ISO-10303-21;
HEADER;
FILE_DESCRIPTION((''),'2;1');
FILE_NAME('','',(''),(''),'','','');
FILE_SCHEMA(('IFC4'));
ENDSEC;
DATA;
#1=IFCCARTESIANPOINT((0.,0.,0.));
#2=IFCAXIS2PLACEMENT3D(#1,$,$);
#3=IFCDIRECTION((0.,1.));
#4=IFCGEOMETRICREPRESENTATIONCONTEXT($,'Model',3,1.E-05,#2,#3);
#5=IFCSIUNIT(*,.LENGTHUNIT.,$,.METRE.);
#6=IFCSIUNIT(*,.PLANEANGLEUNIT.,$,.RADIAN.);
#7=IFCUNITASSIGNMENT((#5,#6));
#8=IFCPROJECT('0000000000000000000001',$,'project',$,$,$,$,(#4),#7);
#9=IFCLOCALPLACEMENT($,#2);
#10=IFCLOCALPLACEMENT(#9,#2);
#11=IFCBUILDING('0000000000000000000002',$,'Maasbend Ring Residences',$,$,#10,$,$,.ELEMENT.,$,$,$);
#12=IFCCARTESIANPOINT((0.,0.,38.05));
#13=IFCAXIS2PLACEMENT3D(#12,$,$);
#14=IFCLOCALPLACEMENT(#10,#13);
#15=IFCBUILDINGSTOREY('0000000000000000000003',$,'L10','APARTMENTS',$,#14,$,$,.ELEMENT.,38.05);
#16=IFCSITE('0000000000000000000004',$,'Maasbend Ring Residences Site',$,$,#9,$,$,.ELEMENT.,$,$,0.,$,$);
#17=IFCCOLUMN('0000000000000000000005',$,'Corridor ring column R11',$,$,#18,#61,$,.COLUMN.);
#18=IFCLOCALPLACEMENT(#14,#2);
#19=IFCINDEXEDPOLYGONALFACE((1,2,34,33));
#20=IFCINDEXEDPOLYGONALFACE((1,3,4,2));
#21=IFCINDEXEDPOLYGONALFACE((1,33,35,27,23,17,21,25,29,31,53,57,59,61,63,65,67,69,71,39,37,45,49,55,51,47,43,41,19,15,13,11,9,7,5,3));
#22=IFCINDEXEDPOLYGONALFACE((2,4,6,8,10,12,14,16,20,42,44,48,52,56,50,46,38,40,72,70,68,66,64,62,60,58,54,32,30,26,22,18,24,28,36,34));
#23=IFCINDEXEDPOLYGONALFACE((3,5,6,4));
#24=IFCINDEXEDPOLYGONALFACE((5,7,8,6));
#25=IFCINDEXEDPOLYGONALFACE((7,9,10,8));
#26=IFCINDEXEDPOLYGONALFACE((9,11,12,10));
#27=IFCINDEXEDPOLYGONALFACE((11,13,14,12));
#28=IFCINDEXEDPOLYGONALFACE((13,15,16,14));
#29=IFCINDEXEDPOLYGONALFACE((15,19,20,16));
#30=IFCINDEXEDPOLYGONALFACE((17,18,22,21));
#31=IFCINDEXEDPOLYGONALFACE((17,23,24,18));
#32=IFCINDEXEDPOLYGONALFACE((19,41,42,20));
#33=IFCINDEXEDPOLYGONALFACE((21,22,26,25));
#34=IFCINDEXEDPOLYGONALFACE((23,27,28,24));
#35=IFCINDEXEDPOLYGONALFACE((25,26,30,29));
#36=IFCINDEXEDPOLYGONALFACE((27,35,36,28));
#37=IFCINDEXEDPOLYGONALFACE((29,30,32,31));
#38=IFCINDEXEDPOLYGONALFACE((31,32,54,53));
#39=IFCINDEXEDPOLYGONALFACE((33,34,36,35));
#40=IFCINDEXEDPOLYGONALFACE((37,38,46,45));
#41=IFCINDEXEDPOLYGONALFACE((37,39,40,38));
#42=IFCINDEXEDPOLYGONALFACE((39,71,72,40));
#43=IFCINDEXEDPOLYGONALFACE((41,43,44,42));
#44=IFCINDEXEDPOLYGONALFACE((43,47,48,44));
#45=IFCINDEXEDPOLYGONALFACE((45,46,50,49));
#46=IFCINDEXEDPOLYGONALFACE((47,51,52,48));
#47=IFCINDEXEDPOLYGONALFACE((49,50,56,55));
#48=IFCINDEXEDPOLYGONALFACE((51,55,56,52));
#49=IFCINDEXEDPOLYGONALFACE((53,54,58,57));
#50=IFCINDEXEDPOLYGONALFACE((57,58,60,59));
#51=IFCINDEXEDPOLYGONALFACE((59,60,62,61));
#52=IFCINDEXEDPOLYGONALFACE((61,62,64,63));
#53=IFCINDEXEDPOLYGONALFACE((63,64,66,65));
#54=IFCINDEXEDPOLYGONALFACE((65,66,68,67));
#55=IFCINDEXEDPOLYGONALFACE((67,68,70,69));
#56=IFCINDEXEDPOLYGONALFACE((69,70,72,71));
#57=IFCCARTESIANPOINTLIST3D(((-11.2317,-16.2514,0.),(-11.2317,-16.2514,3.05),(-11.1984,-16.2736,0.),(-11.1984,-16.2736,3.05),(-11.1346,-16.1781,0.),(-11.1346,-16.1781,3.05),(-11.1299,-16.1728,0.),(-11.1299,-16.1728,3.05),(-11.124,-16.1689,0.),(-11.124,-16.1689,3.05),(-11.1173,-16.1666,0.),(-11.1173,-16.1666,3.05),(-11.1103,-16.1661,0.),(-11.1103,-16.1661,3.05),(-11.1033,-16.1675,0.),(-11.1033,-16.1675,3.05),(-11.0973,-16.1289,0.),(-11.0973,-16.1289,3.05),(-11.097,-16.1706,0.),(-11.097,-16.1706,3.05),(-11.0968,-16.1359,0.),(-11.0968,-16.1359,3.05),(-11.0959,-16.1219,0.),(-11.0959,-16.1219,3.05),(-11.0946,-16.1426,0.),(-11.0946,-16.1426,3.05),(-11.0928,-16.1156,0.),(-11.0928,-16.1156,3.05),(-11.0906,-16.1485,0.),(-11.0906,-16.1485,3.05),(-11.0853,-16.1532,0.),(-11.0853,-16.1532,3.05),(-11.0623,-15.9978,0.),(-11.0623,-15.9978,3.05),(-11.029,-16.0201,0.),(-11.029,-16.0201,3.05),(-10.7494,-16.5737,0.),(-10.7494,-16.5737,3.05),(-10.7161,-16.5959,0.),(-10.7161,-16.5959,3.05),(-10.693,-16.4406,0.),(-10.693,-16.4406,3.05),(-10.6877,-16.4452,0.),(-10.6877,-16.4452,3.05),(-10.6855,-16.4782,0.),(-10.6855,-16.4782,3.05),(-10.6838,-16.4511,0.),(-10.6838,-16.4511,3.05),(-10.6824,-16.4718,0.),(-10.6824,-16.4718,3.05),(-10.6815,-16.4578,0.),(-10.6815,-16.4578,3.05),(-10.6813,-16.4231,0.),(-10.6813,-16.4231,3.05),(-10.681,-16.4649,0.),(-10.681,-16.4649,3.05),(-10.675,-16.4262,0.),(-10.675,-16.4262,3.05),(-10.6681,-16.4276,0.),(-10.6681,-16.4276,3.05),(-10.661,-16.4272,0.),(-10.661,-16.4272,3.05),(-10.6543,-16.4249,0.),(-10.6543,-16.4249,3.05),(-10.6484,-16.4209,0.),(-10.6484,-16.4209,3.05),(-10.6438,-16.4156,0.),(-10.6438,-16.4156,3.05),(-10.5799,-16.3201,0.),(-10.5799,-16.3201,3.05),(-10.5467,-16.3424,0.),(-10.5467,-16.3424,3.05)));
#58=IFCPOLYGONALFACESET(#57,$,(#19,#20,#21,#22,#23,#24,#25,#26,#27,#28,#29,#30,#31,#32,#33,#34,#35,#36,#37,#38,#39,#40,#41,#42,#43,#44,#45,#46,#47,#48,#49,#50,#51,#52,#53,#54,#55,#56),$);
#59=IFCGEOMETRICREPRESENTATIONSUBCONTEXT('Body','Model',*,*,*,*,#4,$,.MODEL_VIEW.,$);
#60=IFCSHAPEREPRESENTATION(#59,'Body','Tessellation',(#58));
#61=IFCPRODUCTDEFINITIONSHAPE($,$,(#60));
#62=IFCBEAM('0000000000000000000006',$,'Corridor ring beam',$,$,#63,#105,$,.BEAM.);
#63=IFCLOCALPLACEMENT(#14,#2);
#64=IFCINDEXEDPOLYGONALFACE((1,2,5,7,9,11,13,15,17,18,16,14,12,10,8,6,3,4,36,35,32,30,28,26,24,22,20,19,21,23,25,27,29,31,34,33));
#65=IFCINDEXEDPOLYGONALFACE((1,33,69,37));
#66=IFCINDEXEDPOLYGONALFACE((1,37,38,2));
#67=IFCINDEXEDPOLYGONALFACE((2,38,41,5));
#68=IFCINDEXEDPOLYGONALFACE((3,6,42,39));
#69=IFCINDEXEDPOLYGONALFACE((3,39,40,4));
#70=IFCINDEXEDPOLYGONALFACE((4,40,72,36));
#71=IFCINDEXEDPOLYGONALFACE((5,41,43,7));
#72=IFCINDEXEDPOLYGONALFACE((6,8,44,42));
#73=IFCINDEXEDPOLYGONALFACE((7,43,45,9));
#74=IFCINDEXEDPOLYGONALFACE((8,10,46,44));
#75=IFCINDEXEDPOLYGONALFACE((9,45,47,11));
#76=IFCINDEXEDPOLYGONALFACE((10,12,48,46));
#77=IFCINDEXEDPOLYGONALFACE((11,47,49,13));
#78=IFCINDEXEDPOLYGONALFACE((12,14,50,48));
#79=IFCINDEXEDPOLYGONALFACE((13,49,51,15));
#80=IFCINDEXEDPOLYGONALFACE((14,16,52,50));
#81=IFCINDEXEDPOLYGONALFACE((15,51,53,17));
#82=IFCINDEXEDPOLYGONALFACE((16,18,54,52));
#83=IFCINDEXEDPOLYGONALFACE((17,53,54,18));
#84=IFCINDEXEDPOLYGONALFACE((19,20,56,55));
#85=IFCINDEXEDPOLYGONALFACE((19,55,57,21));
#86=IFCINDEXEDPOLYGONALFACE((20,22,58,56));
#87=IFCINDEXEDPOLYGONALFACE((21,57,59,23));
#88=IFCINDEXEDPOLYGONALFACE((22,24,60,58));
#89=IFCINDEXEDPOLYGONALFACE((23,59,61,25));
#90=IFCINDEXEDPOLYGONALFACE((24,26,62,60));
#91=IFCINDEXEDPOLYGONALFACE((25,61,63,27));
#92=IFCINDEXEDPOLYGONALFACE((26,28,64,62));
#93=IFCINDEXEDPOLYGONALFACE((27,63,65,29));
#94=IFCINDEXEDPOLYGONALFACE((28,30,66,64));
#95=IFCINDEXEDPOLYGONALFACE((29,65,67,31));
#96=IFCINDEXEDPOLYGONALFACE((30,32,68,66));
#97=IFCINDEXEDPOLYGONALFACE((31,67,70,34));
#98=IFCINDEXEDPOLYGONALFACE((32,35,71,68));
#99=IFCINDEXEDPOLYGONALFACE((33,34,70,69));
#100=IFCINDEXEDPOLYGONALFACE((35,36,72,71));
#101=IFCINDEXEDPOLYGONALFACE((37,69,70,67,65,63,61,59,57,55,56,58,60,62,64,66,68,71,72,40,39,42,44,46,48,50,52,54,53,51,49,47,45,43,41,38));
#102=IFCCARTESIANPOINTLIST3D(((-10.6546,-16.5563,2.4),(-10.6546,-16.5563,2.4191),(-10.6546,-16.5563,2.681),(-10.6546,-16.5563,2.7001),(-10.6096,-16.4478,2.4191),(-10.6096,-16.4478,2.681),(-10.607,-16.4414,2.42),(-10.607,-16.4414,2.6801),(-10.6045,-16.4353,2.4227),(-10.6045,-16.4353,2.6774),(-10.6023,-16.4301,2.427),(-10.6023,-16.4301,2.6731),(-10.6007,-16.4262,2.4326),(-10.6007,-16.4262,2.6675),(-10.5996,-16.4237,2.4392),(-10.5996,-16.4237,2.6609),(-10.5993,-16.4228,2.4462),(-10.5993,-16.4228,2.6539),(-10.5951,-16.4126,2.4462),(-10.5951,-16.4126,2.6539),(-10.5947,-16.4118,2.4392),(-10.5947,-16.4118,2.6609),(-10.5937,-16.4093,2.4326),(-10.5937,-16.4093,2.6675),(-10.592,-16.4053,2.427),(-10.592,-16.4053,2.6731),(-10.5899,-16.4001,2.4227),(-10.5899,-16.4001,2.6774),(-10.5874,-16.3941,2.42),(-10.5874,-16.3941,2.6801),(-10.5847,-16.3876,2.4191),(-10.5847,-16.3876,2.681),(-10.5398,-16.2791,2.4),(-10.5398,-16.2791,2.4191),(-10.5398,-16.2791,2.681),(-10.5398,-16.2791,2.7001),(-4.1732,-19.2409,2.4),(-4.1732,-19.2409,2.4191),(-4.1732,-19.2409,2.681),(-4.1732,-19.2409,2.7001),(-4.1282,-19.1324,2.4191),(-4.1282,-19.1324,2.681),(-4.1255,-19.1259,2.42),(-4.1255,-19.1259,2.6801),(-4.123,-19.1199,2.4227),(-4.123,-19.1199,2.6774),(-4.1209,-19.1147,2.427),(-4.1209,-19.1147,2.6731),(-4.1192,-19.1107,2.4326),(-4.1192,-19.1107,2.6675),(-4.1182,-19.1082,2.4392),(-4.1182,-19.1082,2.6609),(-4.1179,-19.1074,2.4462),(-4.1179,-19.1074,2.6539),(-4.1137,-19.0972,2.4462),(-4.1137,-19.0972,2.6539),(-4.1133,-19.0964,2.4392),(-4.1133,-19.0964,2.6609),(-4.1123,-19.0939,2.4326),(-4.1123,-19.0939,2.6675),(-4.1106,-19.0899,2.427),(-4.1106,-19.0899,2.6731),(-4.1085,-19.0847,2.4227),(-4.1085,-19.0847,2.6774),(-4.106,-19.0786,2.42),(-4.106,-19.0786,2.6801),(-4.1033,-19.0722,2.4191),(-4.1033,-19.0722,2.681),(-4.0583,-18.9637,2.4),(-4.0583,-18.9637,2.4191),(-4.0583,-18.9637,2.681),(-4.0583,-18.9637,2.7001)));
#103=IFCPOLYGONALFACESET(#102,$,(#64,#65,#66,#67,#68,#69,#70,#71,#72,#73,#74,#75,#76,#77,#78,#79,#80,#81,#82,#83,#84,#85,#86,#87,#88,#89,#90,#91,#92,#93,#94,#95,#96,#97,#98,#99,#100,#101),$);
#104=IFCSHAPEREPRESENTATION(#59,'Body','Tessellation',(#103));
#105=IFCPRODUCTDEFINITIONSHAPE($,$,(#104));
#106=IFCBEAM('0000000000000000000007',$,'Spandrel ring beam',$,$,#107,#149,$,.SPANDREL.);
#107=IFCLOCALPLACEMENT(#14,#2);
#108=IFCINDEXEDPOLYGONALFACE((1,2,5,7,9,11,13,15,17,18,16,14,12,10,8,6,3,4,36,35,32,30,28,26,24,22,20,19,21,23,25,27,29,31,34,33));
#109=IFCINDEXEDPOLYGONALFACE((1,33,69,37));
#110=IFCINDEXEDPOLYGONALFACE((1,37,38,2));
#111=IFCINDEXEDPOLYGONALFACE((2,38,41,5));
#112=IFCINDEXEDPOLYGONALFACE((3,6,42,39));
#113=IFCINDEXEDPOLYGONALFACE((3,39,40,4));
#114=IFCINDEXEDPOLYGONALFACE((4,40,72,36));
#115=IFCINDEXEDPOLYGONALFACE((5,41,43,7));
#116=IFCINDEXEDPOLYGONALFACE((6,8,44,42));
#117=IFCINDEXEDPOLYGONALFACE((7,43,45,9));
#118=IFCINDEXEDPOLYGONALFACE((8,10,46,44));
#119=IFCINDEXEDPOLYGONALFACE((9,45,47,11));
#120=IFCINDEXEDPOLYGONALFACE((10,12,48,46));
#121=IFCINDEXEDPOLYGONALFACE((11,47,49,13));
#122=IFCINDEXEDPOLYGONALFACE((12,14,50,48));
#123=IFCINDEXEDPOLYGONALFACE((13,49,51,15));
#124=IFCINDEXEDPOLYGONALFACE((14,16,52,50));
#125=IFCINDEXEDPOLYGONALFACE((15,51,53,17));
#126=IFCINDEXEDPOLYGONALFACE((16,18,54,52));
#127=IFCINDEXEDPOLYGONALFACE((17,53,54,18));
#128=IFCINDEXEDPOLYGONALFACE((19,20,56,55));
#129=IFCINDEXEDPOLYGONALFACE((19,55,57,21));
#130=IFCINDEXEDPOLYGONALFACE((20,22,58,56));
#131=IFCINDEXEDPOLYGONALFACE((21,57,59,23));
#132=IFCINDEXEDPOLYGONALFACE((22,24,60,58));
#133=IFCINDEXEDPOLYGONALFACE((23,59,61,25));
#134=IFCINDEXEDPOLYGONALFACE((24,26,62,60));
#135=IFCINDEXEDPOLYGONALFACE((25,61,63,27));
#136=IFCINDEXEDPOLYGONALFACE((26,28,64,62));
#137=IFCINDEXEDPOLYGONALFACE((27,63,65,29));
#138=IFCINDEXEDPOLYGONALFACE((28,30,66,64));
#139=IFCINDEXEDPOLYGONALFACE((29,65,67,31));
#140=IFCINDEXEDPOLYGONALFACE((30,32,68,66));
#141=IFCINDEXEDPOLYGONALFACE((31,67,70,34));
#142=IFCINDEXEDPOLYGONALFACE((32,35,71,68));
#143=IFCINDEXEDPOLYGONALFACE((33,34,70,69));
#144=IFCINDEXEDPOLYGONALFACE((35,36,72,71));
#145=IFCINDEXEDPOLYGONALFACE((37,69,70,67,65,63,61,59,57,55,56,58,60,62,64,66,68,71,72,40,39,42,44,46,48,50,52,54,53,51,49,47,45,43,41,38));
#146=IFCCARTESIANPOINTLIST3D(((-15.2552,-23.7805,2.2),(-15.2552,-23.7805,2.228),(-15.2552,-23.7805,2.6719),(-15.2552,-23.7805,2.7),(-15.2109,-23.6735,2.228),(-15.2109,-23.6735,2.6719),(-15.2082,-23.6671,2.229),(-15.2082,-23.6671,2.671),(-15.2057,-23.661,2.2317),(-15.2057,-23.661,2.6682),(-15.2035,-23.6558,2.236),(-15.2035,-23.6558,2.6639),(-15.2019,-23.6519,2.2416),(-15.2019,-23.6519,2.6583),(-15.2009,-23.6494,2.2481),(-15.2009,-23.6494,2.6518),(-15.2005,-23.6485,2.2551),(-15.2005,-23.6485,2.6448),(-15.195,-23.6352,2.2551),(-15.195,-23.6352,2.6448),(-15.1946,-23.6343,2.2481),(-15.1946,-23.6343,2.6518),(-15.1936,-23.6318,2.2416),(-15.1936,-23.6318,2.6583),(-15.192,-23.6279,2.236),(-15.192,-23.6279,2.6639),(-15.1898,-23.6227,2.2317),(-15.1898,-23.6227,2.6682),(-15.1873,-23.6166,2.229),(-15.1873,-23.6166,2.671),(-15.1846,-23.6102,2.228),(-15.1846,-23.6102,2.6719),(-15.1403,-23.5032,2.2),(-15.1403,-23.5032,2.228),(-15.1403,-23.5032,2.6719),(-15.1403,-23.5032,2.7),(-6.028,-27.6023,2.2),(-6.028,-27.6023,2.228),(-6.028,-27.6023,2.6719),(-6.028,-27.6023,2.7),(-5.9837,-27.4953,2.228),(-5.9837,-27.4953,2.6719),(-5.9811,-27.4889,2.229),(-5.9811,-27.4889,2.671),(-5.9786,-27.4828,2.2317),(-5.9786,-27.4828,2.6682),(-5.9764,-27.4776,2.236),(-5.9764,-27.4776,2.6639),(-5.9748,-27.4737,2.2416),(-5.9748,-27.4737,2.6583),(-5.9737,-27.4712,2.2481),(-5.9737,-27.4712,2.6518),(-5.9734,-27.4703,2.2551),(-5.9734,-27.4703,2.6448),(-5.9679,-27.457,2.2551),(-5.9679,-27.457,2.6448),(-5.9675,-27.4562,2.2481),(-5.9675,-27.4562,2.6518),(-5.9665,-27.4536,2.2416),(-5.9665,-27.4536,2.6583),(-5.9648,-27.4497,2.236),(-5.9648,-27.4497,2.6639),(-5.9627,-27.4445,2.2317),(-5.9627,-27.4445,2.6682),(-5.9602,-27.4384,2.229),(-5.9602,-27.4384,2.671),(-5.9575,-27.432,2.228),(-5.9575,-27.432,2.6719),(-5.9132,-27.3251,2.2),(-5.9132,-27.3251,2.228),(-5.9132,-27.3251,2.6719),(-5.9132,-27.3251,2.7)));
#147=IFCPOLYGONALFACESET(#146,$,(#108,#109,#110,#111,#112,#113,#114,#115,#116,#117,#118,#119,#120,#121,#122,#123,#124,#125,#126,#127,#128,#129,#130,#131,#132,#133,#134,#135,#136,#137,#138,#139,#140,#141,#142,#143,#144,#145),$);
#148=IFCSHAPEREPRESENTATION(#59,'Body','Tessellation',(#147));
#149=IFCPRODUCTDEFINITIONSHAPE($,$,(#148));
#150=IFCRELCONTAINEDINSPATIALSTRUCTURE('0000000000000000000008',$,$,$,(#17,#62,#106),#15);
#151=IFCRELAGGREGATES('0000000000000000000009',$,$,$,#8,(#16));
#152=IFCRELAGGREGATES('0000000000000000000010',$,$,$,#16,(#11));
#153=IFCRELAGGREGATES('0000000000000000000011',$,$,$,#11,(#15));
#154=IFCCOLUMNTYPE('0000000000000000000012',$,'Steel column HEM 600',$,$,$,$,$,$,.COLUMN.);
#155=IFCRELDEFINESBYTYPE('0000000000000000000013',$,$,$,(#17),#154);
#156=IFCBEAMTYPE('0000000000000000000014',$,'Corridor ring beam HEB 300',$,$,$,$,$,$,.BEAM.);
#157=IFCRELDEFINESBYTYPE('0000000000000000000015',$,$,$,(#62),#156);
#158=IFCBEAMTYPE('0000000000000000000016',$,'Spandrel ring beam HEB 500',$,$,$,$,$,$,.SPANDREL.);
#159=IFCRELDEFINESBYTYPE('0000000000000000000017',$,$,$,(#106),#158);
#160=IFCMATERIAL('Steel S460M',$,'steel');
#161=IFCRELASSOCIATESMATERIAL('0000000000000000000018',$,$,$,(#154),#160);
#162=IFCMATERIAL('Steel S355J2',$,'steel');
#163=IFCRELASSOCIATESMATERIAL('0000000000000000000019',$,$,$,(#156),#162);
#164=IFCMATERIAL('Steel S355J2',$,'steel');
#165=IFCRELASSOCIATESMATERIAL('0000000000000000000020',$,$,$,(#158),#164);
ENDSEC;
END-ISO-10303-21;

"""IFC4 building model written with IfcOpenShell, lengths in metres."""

from ifc_helpers import new_model, si_unit, direction, frame, origin, origin_2d, place, context, subcontext, project, spatial, i_section, extrude, material, material_profile, profile_set, type_object, element, save


model = new_model("IFC4")

# Units and contexts
model_context = context("Model", 3, precision=1e-05, world=origin(), true_north=direction((0.0, 1.0)))
body_context = subcontext(model_context, "Body", "Model", "MODEL_VIEW")
ifc_project = project(units=[si_unit("LENGTHUNIT", "METRE"), si_unit("PLANEANGLEUNIT", "RADIAN")], contexts=[model_context])

# Site, building, storey
site_placement = place(None, origin())
site = spatial("IfcSite", under=ifc_project, at=site_placement, Name="Maasbend Ring Residences Site", CompositionType="ELEMENT", RefElevation=0.0)
building_placement = place(site_placement, origin())
building = spatial("IfcBuilding", under=site, at=building_placement, Name="Maasbend Ring Residences", CompositionType="ELEMENT")
storey_placement = place(building_placement, frame((0.0, 0.0, 38.05)))
storey = spatial("IfcBuildingStorey", under=building, at=storey_placement, Name="L10", Description="APARTMENTS", CompositionType="ELEMENT", Elevation=38.05)

# Column
ifc_material_1 = material(Name="Steel S460M", Category="steel")
ifc_material_profile_1 = material_profile(ifc_material_1, i_section(OverallWidth=0.3049, OverallDepth=0.6201, WebThickness=0.021, FlangeThickness=0.04, FilletRadius=0.0271, at=origin_2d()), Name="HEM 600")
ifc_profile_set_1 = profile_set([ifc_material_profile_1], Name="Steel S460M")
column_type = type_object("IfcColumnType", Name="Steel column HEM 600", PredefinedType="COLUMN", material=ifc_profile_set_1)
column_placement = place(storey_placement, frame((-10.8892, -16.2969, 0.0), z_axis=(0.0, 0.0, 1.0), x_axis=(-0.55557, -0.83147, 0.0)))
element("IfcColumn", 1, at=column_placement, inside=storey, type_object=column_type, Name="Corridor ring column R11", PredefinedType="COLUMN", context=body_context, shape_type="SweptSolid", body=[
    extrude(i_section(OverallWidth=0.3049, OverallDepth=0.6201, WebThickness=0.021, FlangeThickness=0.04, FilletRadius=0.0271, at=origin_2d()), origin(), (0.0, 0.0, 1.0), 3.05),
])

# Beams
ifc_material_2 = material(Name="Steel S355J2", Category="steel")
ifc_material_profile_2 = material_profile(ifc_material_2, i_section(OverallWidth=0.3, OverallDepth=0.3, WebThickness=0.011, FlangeThickness=0.019, FilletRadius=0.0271, at=origin_2d()), Name="HEB 300")
ifc_profile_set_2 = profile_set([ifc_material_profile_2], Name="Steel S355J2")
beam_type_1 = type_object("IfcBeamType", Name="Corridor ring beam HEB 300", PredefinedType="BEAM", material=ifc_profile_set_2)
beam_1_placement = place(storey_placement, frame((-10.5972, -16.4177, 2.55), z_axis=(0.923886, -0.382667, 0.0), x_axis=(0.382667, 0.923886, 0.0)))
element("IfcBeam", 2, at=beam_1_placement, inside=storey, type_object=beam_type_1, Name="Corridor ring beam", PredefinedType="BEAM", context=body_context, shape_type="SweptSolid", body=[
    extrude(i_section(OverallWidth=0.3, OverallDepth=0.3, WebThickness=0.011, FlangeThickness=0.019, FilletRadius=0.0271, at=origin_2d()), origin(), (0.0, 0.0, 1.0), 7.0154),
])
ifc_material_3 = material(Name="Steel S355J2", Category="steel")
ifc_material_profile_3 = material_profile(ifc_material_3, i_section(OverallWidth=0.3, OverallDepth=0.5, WebThickness=0.0144, FlangeThickness=0.0281, FilletRadius=0.0271, at=origin_2d()), Name="HEB 500")
ifc_profile_set_3 = profile_set([ifc_material_profile_3], Name="Steel S355J2")
beam_type_2 = type_object("IfcBeamType", Name="Spandrel ring beam HEB 500", PredefinedType="SPANDREL", material=ifc_profile_set_3)
beam_2_placement = place(storey_placement, frame((-15.1978, -23.6418, 2.45), z_axis=(0.923886, -0.382667, 0.0), x_axis=(0.382667, 0.923886, 0.0)))
element("IfcBeam", 3, at=beam_2_placement, inside=storey, type_object=beam_type_2, Name="Spandrel ring beam", PredefinedType="SPANDREL", context=body_context, shape_type="SweptSolid", body=[
    extrude(i_section(OverallWidth=0.3, OverallDepth=0.5, WebThickness=0.0144, FlangeThickness=0.0281, FilletRadius=0.0271, at=origin_2d()), origin(), (0.0, 0.0, 1.0), 9.9873),
])

save(model, "model.ifc")
